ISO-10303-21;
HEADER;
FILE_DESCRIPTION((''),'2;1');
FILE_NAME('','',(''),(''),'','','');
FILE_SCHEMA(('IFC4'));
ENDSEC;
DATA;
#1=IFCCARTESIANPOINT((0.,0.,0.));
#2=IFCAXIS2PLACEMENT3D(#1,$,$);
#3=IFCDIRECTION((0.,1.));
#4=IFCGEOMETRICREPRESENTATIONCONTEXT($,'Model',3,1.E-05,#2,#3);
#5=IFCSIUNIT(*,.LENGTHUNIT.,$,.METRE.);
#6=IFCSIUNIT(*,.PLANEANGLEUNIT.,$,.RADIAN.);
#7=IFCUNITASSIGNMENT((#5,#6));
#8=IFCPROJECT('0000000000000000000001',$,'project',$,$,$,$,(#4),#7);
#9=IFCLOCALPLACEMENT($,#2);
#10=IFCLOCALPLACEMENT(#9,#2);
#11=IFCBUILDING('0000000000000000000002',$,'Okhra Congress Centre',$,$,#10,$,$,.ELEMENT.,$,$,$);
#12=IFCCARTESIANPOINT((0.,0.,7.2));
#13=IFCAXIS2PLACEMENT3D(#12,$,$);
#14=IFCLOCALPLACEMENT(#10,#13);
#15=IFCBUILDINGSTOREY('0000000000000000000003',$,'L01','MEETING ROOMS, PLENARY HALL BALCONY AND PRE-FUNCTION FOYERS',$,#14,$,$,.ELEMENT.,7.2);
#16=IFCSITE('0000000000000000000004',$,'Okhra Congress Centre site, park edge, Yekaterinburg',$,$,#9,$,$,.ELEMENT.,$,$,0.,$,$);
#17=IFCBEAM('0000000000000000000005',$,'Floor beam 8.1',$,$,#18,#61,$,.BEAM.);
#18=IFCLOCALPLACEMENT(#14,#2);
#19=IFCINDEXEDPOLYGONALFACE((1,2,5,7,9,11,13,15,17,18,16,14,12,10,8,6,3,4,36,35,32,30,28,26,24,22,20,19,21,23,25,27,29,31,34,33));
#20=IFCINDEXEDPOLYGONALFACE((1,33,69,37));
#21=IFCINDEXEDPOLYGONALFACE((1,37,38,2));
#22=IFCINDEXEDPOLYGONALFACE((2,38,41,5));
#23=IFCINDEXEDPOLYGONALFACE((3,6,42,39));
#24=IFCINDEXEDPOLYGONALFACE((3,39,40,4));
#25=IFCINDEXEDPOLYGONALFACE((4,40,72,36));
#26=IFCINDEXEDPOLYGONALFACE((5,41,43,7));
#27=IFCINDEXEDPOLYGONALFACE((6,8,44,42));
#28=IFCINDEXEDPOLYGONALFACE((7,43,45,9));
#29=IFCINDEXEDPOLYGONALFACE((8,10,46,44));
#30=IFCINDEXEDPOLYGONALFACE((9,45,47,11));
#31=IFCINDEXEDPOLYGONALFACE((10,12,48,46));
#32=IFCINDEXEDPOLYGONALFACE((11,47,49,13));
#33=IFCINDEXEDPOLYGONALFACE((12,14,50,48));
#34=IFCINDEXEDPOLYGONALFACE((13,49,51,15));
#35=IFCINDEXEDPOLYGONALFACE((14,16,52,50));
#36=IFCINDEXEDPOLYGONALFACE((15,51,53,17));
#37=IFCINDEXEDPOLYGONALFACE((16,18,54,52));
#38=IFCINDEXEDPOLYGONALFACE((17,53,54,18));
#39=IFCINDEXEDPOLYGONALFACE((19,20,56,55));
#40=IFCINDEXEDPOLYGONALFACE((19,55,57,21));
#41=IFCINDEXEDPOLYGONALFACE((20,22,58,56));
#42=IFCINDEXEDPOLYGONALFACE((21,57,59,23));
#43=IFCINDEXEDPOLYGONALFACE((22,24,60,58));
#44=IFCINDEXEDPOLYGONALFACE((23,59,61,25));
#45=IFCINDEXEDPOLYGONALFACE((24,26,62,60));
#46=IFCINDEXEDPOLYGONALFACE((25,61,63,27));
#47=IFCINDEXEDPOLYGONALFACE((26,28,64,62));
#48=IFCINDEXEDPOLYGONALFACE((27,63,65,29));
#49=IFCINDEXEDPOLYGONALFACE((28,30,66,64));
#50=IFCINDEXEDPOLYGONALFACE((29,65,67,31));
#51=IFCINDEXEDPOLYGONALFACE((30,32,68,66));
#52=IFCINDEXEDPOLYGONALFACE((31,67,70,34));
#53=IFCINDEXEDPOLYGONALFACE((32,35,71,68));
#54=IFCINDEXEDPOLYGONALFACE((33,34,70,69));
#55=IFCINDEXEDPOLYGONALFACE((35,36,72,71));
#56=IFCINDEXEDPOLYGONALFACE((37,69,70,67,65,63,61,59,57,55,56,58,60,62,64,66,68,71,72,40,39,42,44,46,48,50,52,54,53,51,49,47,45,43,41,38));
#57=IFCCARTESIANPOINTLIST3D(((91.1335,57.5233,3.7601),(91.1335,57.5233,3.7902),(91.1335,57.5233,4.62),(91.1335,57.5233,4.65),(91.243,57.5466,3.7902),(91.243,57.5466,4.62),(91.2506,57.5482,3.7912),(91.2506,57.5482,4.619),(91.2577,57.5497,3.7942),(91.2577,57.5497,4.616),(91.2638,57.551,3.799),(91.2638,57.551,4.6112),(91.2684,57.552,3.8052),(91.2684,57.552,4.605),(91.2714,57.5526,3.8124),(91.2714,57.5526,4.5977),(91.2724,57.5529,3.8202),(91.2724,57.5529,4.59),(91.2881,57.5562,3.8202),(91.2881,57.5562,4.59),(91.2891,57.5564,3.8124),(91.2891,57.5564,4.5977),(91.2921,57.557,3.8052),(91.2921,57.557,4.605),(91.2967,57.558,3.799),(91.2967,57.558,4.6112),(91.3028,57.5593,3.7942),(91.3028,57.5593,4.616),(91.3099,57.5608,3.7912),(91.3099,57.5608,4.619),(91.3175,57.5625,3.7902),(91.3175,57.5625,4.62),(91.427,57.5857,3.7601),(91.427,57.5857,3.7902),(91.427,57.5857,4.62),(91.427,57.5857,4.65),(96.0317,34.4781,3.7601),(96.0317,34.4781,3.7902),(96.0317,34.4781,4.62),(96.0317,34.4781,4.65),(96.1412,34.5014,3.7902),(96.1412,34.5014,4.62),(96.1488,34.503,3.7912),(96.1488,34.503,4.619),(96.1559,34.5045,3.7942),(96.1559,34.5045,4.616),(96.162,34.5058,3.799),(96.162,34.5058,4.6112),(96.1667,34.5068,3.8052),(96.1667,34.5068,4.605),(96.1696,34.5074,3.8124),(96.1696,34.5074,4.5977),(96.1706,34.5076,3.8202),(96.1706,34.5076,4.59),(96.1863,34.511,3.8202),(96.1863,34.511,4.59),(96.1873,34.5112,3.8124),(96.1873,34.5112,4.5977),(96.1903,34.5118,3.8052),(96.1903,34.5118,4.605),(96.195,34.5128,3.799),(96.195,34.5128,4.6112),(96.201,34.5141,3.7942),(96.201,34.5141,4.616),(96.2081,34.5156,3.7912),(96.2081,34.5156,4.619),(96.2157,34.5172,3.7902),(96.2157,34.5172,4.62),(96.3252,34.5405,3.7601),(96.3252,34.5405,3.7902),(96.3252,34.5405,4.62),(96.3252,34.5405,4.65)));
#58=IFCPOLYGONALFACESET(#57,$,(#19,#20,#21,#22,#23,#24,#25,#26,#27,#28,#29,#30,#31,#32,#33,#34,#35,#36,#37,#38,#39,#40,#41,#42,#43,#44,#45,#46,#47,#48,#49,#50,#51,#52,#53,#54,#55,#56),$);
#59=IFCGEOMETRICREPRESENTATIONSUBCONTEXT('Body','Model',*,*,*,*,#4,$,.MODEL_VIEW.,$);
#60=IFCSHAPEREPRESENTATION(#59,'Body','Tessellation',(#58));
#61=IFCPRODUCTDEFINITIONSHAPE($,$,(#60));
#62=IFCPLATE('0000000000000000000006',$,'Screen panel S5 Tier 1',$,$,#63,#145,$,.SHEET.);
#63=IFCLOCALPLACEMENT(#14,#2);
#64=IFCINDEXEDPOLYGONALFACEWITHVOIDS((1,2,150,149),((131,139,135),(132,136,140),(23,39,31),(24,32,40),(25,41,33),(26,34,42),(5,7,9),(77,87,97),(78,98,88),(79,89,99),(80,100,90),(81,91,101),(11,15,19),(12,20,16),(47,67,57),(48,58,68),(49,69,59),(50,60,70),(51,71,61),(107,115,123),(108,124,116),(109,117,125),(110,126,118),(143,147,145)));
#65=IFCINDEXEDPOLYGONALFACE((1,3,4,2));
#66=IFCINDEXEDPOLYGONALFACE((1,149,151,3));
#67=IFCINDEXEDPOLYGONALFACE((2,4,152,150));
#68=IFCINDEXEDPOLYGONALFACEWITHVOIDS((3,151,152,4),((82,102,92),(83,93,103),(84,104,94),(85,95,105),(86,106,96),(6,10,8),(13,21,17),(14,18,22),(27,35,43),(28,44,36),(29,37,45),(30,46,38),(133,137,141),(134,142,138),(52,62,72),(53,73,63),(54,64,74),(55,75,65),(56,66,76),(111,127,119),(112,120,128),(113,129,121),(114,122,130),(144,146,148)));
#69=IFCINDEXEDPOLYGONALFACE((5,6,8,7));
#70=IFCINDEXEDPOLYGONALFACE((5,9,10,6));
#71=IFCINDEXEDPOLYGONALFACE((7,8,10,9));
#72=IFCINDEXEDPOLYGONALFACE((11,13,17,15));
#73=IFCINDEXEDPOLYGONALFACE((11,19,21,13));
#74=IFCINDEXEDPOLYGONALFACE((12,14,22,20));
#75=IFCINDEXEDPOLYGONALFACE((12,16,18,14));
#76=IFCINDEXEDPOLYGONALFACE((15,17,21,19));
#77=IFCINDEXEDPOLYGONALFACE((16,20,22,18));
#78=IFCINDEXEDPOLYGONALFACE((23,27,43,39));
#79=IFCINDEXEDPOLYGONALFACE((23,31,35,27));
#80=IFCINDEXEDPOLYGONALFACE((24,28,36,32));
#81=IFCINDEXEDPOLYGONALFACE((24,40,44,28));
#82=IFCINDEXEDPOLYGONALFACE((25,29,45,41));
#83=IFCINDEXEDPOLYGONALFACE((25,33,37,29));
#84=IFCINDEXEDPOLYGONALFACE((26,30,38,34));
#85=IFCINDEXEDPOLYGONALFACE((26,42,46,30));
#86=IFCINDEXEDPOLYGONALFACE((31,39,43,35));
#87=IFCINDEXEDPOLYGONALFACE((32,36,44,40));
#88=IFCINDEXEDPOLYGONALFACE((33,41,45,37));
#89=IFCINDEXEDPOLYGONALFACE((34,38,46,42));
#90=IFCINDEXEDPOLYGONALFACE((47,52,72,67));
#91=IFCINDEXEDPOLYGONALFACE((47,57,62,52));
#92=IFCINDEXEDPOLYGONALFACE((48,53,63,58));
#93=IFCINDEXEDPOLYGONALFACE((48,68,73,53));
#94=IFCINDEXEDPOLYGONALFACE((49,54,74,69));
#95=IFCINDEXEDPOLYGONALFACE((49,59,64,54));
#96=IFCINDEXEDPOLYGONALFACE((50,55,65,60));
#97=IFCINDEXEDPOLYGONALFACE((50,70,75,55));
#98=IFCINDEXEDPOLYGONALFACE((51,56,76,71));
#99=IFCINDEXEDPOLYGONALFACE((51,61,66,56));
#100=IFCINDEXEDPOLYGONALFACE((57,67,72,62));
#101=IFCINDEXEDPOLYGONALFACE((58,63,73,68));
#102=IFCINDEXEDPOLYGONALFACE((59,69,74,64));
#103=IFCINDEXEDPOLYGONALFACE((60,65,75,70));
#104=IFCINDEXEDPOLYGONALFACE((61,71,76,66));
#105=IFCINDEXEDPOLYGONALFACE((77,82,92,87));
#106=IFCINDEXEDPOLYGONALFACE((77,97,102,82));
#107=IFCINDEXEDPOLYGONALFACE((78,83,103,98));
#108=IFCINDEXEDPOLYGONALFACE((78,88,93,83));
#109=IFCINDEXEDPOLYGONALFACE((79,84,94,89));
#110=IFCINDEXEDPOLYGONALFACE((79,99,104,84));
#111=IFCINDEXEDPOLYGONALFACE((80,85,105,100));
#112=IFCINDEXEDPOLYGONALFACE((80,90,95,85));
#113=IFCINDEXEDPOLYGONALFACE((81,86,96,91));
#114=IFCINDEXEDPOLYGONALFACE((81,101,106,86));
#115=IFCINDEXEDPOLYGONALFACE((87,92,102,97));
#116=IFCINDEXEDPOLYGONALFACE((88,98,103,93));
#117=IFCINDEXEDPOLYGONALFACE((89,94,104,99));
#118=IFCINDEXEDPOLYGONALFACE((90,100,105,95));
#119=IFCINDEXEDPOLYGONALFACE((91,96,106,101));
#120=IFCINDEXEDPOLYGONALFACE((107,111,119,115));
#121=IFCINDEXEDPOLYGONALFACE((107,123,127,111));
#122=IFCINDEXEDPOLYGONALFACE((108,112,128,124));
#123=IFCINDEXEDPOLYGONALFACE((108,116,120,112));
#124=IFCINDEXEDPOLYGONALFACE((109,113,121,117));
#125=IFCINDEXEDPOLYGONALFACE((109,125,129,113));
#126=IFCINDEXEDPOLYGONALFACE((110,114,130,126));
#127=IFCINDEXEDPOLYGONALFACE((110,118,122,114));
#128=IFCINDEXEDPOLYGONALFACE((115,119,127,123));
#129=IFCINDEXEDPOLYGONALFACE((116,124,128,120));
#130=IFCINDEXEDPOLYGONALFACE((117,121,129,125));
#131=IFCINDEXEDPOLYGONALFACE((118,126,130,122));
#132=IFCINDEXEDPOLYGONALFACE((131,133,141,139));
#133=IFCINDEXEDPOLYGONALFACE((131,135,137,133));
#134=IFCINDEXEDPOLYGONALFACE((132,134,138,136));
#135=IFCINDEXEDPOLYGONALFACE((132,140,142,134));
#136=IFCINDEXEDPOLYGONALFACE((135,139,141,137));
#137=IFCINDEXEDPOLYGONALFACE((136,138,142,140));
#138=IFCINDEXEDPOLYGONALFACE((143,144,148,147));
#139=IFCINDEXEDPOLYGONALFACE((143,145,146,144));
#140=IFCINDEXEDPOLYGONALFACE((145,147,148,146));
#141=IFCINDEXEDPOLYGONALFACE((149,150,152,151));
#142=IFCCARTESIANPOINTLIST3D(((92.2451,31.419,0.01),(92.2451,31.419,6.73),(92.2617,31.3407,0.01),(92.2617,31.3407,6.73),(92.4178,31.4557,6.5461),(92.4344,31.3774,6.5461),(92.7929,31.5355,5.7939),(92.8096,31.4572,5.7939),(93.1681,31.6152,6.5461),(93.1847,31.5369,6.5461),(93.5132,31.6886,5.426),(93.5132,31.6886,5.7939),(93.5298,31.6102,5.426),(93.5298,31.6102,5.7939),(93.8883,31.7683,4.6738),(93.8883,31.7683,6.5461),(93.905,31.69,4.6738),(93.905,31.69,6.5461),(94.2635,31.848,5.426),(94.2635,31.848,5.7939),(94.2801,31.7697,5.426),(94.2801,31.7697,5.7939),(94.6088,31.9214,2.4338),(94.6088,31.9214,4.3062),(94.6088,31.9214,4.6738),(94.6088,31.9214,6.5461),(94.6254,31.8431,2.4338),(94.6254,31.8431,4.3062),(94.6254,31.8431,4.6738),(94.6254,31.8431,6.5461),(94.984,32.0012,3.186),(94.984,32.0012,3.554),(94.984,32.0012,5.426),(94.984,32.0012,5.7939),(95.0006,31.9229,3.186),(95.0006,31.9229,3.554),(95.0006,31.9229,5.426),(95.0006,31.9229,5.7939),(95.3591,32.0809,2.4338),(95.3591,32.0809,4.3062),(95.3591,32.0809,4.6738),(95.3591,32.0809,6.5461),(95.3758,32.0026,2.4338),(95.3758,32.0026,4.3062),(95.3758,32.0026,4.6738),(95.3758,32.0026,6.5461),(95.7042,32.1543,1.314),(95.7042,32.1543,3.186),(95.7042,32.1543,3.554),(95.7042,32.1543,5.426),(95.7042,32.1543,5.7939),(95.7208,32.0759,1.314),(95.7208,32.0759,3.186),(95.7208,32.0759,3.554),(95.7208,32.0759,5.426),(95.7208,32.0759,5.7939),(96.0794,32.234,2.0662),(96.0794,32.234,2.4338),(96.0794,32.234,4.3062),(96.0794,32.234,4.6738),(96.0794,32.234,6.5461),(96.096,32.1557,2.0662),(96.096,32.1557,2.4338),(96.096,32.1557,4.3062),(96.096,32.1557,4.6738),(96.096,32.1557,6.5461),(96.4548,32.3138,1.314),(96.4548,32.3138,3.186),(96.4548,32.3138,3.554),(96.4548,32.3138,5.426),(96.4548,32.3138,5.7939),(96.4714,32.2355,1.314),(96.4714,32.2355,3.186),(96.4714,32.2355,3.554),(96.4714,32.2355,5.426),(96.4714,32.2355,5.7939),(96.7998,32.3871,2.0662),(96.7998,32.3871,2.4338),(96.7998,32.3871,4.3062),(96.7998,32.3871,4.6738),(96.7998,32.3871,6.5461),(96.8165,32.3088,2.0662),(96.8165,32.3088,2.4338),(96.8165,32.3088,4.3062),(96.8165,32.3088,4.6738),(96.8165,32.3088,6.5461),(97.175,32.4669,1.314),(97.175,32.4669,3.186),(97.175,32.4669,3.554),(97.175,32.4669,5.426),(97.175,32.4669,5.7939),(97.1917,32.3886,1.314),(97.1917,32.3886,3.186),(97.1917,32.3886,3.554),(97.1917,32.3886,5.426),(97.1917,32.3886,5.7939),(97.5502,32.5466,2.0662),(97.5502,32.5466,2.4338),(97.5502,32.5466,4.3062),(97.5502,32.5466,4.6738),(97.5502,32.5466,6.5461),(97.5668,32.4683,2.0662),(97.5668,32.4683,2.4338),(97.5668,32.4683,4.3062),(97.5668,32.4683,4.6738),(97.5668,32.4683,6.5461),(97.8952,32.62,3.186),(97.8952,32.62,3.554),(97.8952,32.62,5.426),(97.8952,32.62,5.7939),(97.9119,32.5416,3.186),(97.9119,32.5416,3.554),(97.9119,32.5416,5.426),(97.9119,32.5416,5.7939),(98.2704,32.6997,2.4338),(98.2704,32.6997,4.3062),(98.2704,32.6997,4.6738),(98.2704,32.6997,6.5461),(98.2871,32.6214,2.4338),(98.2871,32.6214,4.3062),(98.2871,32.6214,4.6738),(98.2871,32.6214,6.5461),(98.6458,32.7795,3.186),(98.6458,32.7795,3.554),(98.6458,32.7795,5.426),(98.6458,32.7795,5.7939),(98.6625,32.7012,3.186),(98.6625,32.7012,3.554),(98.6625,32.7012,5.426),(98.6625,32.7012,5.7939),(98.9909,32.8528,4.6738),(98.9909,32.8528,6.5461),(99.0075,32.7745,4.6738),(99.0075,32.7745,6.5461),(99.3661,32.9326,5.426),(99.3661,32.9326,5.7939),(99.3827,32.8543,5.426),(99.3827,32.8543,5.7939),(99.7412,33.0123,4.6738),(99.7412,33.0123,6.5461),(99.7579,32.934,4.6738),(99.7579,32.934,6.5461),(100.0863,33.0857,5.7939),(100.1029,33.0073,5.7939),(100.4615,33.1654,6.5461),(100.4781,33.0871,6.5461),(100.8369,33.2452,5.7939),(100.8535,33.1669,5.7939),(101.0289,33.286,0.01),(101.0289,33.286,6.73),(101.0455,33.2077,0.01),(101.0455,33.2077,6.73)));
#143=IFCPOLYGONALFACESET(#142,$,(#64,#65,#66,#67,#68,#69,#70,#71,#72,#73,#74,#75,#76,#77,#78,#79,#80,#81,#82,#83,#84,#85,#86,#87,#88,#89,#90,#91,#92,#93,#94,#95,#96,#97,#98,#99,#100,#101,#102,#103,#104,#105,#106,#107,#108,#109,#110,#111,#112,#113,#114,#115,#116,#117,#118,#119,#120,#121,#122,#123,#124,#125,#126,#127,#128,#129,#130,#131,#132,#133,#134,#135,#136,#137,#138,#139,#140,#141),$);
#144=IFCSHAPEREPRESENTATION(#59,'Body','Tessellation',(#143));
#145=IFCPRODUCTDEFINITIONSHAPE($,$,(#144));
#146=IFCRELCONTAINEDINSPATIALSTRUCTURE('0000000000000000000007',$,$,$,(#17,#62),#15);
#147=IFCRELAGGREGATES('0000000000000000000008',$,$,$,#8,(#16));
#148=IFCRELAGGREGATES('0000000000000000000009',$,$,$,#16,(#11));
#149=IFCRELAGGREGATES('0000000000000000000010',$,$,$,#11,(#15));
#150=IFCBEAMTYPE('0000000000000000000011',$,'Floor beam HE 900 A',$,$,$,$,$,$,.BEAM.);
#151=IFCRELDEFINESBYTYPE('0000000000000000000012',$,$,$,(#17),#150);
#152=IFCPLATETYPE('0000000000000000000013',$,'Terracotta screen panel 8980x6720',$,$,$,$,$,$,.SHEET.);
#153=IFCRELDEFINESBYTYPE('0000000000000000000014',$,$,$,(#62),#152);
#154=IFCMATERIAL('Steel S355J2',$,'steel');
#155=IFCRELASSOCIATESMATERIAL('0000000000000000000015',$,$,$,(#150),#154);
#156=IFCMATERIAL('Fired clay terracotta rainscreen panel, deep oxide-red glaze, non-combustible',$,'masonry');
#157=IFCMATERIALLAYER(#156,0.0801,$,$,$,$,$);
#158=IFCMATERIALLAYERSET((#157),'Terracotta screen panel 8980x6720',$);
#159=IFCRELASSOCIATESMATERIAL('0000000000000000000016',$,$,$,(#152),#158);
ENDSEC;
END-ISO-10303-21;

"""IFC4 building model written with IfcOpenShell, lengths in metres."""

from ifc_helpers import new_model, si_unit, direction, frame, origin, origin_2d, place, context, subcontext, project, spatial, polyline, i_section, outline, extrude, material, layer, layer_set, material_profile, profile_set, type_object, element, save


model = new_model("IFC4")

# Units and contexts
model_context = context("Model", 3, precision=1e-05, world=origin(), true_north=direction((0.0, 1.0)))
body_context = subcontext(model_context, "Body", "Model", "MODEL_VIEW")
ifc_project = project(units=[si_unit("LENGTHUNIT", "METRE"), si_unit("PLANEANGLEUNIT", "RADIAN")], contexts=[model_context])

# Site, building, storey
site_placement = place(None, origin())
site = spatial("IfcSite", under=ifc_project, at=site_placement, Name="Okhra Congress Centre site, park edge, Yekaterinburg", CompositionType="ELEMENT", RefElevation=0.0)
building_placement = place(site_placement, origin())
building = spatial("IfcBuilding", under=site, at=building_placement, Name="Okhra Congress Centre", CompositionType="ELEMENT")
storey_placement = place(building_placement, frame((0.0, 0.0, 7.2)))
storey = spatial("IfcBuildingStorey", under=building, at=storey_placement, Name="L01", Description="MEETING ROOMS, PLENARY HALL BALCONY AND PRE-FUNCTION FOYERS", CompositionType="ELEMENT", Elevation=7.2)

# Shared definitions
ifc_material_1 = material(Name="Steel S355J2", Category="steel")

# Beam
ifc_material_profile_1 = material_profile(ifc_material_1, i_section(OverallWidth=0.3, OverallDepth=0.8899, WebThickness=0.0161, FlangeThickness=0.03, FilletRadius=0.03, at=origin_2d()), Name="HE 900 A")
ifc_profile_set_1 = profile_set([ifc_material_profile_1], Name="Steel S355J2")
beam_type_1 = type_object("IfcBeamType", Name="Floor beam HE 900 A", PredefinedType="BEAM", material=ifc_profile_set_1)
for number, where, z_axis, x_axis, name in (
    (1, (96.1785, 34.5093, 4.2051), (-0.207903, 0.978149, 0.0), (-0.978149, -0.207903, 0.0), "Floor beam 8.1"),
):
    element("IfcBeam", number, at=place(storey_placement, frame(where, z_axis=z_axis, x_axis=x_axis)), inside=storey, type_object=beam_type_1, Name=name, PredefinedType="BEAM", context=body_context, shape_type="SweptSolid", body=[
        extrude(i_section(OverallWidth=0.3, OverallDepth=0.8899, WebThickness=0.0161, FlangeThickness=0.03, FilletRadius=0.03, at=origin_2d()), origin(), (0.0, 0.0, 1.0), 23.5601),
    ])

# Plate
ifc_material_2 = material(Name="Fired clay terracotta rainscreen panel, deep oxide-red glaze, non-combustible", Category="masonry")
ifc_layer_1 = layer(ifc_material_2, 0.0801)
ifc_layer_set_1 = layer_set([ifc_layer_1], Name="Terracotta screen panel 8980x6720")
plate_type = type_object("IfcPlateType", Name="Terracotta screen panel 8980x6720", PredefinedType="SHEET", material=ifc_layer_set_1)
plate_placement = place(storey_placement, frame((92.2534, 31.3799, 0.01), z_axis=(0.0, 0.0, 1.0), x_axis=(0.97815, 0.207902, 0.0)))
element("IfcPlate", 2, at=plate_placement, inside=storey, type_object=plate_type, Name="Screen panel S5 Tier 1", PredefinedType="SHEET", context=body_context, shape_type="SweptSolid", body=[
    extrude(outline(polyline([(0.0, 0.0), (8.98, 0.0), (8.98, 6.72), (0.0, 6.72), (0.0, 0.0)]), holes=[polyline([(3.5364, 1.304), (4.3037, 1.304), (3.9199, 2.0562), (3.5364, 1.304)]), polyline([(4.6565, 2.0562), (5.04, 1.304), (5.4236, 2.0562), (4.6565, 2.0562)]), polyline([(2.4165, 2.4238), (3.1836, 2.4238), (2.8, 3.176), (2.4165, 2.4238)]), polyline([(3.5364, 3.176), (3.9199, 2.4238), (4.3037, 3.176), (3.5364, 3.176)]), polyline([(4.6565, 2.4238), (5.4236, 2.4238), (5.04, 3.176), (4.6565, 2.4238)]), polyline([(5.7764, 3.176), (6.1599, 2.4238), (6.5437, 3.176), (5.7764, 3.176)]), polyline([(2.4165, 4.2961), (2.8, 3.5439), (3.1836, 4.2961), (2.4165, 4.2961)]), polyline([(3.5364, 3.5439), (4.3037, 3.5439), (3.9199, 4.2961), (3.5364, 3.5439)]), polyline([(4.6565, 4.2961), (5.04, 3.5439), (5.4236, 4.2961), (4.6565, 4.2961)]), polyline([(5.7764, 3.5439), (6.5437, 3.5439), (6.1599, 4.2961), (5.7764, 3.5439)]), polyline([(1.2964, 5.416), (1.6799, 4.6638), (2.0635, 5.416), (1.2964, 5.416)]), polyline([(2.4165, 4.6638), (3.1836, 4.6638), (2.8, 5.416), (2.4165, 4.6638)]), polyline([(3.5364, 5.416), (3.9199, 4.6638), (4.3037, 5.416), (3.5364, 5.416)]), polyline([(4.6565, 4.6638), (5.4236, 4.6638), (5.04, 5.416), (4.6565, 4.6638)]), polyline([(5.7764, 5.416), (6.1599, 4.6638), (6.5437, 5.416), (5.7764, 5.416)]), polyline([(6.8965, 4.6638), (7.6636, 4.6638), (7.28, 5.416), (6.8965, 4.6638)]), polyline([(0.1765, 6.5361), (0.5601, 5.7839), (0.9436, 6.5361), (0.1765, 6.5361)]), polyline([(1.2964, 5.7839), (2.0635, 5.7839), (1.6799, 6.5361), (1.2964, 5.7839)]), polyline([(2.4165, 6.5361), (2.8, 5.7839), (3.1836, 6.5361), (2.4165, 6.5361)]), polyline([(3.5364, 5.7839), (4.3037, 5.7839), (3.9199, 6.5361), (3.5364, 5.7839)]), polyline([(4.6565, 6.5361), (5.04, 5.7839), (5.4236, 6.5361), (4.6565, 6.5361)]), polyline([(5.7764, 5.7839), (6.5437, 5.7839), (6.1599, 6.5361), (5.7764, 5.7839)]), polyline([(6.8965, 6.5361), (7.28, 5.7839), (7.6636, 6.5361), (6.8965, 6.5361)]), polyline([(8.0164, 5.7839), (8.7837, 5.7839), (8.3999, 6.5361), (8.0164, 5.7839)])]), frame((0.0, 0.04, 0.0), z_axis=(0.0, -1.0, 0.0), x_axis=(1.0, 0.0, 0.0)), (0.0, 0.0, 1.0), 0.0801),
])

save(model, "model.ifc")
